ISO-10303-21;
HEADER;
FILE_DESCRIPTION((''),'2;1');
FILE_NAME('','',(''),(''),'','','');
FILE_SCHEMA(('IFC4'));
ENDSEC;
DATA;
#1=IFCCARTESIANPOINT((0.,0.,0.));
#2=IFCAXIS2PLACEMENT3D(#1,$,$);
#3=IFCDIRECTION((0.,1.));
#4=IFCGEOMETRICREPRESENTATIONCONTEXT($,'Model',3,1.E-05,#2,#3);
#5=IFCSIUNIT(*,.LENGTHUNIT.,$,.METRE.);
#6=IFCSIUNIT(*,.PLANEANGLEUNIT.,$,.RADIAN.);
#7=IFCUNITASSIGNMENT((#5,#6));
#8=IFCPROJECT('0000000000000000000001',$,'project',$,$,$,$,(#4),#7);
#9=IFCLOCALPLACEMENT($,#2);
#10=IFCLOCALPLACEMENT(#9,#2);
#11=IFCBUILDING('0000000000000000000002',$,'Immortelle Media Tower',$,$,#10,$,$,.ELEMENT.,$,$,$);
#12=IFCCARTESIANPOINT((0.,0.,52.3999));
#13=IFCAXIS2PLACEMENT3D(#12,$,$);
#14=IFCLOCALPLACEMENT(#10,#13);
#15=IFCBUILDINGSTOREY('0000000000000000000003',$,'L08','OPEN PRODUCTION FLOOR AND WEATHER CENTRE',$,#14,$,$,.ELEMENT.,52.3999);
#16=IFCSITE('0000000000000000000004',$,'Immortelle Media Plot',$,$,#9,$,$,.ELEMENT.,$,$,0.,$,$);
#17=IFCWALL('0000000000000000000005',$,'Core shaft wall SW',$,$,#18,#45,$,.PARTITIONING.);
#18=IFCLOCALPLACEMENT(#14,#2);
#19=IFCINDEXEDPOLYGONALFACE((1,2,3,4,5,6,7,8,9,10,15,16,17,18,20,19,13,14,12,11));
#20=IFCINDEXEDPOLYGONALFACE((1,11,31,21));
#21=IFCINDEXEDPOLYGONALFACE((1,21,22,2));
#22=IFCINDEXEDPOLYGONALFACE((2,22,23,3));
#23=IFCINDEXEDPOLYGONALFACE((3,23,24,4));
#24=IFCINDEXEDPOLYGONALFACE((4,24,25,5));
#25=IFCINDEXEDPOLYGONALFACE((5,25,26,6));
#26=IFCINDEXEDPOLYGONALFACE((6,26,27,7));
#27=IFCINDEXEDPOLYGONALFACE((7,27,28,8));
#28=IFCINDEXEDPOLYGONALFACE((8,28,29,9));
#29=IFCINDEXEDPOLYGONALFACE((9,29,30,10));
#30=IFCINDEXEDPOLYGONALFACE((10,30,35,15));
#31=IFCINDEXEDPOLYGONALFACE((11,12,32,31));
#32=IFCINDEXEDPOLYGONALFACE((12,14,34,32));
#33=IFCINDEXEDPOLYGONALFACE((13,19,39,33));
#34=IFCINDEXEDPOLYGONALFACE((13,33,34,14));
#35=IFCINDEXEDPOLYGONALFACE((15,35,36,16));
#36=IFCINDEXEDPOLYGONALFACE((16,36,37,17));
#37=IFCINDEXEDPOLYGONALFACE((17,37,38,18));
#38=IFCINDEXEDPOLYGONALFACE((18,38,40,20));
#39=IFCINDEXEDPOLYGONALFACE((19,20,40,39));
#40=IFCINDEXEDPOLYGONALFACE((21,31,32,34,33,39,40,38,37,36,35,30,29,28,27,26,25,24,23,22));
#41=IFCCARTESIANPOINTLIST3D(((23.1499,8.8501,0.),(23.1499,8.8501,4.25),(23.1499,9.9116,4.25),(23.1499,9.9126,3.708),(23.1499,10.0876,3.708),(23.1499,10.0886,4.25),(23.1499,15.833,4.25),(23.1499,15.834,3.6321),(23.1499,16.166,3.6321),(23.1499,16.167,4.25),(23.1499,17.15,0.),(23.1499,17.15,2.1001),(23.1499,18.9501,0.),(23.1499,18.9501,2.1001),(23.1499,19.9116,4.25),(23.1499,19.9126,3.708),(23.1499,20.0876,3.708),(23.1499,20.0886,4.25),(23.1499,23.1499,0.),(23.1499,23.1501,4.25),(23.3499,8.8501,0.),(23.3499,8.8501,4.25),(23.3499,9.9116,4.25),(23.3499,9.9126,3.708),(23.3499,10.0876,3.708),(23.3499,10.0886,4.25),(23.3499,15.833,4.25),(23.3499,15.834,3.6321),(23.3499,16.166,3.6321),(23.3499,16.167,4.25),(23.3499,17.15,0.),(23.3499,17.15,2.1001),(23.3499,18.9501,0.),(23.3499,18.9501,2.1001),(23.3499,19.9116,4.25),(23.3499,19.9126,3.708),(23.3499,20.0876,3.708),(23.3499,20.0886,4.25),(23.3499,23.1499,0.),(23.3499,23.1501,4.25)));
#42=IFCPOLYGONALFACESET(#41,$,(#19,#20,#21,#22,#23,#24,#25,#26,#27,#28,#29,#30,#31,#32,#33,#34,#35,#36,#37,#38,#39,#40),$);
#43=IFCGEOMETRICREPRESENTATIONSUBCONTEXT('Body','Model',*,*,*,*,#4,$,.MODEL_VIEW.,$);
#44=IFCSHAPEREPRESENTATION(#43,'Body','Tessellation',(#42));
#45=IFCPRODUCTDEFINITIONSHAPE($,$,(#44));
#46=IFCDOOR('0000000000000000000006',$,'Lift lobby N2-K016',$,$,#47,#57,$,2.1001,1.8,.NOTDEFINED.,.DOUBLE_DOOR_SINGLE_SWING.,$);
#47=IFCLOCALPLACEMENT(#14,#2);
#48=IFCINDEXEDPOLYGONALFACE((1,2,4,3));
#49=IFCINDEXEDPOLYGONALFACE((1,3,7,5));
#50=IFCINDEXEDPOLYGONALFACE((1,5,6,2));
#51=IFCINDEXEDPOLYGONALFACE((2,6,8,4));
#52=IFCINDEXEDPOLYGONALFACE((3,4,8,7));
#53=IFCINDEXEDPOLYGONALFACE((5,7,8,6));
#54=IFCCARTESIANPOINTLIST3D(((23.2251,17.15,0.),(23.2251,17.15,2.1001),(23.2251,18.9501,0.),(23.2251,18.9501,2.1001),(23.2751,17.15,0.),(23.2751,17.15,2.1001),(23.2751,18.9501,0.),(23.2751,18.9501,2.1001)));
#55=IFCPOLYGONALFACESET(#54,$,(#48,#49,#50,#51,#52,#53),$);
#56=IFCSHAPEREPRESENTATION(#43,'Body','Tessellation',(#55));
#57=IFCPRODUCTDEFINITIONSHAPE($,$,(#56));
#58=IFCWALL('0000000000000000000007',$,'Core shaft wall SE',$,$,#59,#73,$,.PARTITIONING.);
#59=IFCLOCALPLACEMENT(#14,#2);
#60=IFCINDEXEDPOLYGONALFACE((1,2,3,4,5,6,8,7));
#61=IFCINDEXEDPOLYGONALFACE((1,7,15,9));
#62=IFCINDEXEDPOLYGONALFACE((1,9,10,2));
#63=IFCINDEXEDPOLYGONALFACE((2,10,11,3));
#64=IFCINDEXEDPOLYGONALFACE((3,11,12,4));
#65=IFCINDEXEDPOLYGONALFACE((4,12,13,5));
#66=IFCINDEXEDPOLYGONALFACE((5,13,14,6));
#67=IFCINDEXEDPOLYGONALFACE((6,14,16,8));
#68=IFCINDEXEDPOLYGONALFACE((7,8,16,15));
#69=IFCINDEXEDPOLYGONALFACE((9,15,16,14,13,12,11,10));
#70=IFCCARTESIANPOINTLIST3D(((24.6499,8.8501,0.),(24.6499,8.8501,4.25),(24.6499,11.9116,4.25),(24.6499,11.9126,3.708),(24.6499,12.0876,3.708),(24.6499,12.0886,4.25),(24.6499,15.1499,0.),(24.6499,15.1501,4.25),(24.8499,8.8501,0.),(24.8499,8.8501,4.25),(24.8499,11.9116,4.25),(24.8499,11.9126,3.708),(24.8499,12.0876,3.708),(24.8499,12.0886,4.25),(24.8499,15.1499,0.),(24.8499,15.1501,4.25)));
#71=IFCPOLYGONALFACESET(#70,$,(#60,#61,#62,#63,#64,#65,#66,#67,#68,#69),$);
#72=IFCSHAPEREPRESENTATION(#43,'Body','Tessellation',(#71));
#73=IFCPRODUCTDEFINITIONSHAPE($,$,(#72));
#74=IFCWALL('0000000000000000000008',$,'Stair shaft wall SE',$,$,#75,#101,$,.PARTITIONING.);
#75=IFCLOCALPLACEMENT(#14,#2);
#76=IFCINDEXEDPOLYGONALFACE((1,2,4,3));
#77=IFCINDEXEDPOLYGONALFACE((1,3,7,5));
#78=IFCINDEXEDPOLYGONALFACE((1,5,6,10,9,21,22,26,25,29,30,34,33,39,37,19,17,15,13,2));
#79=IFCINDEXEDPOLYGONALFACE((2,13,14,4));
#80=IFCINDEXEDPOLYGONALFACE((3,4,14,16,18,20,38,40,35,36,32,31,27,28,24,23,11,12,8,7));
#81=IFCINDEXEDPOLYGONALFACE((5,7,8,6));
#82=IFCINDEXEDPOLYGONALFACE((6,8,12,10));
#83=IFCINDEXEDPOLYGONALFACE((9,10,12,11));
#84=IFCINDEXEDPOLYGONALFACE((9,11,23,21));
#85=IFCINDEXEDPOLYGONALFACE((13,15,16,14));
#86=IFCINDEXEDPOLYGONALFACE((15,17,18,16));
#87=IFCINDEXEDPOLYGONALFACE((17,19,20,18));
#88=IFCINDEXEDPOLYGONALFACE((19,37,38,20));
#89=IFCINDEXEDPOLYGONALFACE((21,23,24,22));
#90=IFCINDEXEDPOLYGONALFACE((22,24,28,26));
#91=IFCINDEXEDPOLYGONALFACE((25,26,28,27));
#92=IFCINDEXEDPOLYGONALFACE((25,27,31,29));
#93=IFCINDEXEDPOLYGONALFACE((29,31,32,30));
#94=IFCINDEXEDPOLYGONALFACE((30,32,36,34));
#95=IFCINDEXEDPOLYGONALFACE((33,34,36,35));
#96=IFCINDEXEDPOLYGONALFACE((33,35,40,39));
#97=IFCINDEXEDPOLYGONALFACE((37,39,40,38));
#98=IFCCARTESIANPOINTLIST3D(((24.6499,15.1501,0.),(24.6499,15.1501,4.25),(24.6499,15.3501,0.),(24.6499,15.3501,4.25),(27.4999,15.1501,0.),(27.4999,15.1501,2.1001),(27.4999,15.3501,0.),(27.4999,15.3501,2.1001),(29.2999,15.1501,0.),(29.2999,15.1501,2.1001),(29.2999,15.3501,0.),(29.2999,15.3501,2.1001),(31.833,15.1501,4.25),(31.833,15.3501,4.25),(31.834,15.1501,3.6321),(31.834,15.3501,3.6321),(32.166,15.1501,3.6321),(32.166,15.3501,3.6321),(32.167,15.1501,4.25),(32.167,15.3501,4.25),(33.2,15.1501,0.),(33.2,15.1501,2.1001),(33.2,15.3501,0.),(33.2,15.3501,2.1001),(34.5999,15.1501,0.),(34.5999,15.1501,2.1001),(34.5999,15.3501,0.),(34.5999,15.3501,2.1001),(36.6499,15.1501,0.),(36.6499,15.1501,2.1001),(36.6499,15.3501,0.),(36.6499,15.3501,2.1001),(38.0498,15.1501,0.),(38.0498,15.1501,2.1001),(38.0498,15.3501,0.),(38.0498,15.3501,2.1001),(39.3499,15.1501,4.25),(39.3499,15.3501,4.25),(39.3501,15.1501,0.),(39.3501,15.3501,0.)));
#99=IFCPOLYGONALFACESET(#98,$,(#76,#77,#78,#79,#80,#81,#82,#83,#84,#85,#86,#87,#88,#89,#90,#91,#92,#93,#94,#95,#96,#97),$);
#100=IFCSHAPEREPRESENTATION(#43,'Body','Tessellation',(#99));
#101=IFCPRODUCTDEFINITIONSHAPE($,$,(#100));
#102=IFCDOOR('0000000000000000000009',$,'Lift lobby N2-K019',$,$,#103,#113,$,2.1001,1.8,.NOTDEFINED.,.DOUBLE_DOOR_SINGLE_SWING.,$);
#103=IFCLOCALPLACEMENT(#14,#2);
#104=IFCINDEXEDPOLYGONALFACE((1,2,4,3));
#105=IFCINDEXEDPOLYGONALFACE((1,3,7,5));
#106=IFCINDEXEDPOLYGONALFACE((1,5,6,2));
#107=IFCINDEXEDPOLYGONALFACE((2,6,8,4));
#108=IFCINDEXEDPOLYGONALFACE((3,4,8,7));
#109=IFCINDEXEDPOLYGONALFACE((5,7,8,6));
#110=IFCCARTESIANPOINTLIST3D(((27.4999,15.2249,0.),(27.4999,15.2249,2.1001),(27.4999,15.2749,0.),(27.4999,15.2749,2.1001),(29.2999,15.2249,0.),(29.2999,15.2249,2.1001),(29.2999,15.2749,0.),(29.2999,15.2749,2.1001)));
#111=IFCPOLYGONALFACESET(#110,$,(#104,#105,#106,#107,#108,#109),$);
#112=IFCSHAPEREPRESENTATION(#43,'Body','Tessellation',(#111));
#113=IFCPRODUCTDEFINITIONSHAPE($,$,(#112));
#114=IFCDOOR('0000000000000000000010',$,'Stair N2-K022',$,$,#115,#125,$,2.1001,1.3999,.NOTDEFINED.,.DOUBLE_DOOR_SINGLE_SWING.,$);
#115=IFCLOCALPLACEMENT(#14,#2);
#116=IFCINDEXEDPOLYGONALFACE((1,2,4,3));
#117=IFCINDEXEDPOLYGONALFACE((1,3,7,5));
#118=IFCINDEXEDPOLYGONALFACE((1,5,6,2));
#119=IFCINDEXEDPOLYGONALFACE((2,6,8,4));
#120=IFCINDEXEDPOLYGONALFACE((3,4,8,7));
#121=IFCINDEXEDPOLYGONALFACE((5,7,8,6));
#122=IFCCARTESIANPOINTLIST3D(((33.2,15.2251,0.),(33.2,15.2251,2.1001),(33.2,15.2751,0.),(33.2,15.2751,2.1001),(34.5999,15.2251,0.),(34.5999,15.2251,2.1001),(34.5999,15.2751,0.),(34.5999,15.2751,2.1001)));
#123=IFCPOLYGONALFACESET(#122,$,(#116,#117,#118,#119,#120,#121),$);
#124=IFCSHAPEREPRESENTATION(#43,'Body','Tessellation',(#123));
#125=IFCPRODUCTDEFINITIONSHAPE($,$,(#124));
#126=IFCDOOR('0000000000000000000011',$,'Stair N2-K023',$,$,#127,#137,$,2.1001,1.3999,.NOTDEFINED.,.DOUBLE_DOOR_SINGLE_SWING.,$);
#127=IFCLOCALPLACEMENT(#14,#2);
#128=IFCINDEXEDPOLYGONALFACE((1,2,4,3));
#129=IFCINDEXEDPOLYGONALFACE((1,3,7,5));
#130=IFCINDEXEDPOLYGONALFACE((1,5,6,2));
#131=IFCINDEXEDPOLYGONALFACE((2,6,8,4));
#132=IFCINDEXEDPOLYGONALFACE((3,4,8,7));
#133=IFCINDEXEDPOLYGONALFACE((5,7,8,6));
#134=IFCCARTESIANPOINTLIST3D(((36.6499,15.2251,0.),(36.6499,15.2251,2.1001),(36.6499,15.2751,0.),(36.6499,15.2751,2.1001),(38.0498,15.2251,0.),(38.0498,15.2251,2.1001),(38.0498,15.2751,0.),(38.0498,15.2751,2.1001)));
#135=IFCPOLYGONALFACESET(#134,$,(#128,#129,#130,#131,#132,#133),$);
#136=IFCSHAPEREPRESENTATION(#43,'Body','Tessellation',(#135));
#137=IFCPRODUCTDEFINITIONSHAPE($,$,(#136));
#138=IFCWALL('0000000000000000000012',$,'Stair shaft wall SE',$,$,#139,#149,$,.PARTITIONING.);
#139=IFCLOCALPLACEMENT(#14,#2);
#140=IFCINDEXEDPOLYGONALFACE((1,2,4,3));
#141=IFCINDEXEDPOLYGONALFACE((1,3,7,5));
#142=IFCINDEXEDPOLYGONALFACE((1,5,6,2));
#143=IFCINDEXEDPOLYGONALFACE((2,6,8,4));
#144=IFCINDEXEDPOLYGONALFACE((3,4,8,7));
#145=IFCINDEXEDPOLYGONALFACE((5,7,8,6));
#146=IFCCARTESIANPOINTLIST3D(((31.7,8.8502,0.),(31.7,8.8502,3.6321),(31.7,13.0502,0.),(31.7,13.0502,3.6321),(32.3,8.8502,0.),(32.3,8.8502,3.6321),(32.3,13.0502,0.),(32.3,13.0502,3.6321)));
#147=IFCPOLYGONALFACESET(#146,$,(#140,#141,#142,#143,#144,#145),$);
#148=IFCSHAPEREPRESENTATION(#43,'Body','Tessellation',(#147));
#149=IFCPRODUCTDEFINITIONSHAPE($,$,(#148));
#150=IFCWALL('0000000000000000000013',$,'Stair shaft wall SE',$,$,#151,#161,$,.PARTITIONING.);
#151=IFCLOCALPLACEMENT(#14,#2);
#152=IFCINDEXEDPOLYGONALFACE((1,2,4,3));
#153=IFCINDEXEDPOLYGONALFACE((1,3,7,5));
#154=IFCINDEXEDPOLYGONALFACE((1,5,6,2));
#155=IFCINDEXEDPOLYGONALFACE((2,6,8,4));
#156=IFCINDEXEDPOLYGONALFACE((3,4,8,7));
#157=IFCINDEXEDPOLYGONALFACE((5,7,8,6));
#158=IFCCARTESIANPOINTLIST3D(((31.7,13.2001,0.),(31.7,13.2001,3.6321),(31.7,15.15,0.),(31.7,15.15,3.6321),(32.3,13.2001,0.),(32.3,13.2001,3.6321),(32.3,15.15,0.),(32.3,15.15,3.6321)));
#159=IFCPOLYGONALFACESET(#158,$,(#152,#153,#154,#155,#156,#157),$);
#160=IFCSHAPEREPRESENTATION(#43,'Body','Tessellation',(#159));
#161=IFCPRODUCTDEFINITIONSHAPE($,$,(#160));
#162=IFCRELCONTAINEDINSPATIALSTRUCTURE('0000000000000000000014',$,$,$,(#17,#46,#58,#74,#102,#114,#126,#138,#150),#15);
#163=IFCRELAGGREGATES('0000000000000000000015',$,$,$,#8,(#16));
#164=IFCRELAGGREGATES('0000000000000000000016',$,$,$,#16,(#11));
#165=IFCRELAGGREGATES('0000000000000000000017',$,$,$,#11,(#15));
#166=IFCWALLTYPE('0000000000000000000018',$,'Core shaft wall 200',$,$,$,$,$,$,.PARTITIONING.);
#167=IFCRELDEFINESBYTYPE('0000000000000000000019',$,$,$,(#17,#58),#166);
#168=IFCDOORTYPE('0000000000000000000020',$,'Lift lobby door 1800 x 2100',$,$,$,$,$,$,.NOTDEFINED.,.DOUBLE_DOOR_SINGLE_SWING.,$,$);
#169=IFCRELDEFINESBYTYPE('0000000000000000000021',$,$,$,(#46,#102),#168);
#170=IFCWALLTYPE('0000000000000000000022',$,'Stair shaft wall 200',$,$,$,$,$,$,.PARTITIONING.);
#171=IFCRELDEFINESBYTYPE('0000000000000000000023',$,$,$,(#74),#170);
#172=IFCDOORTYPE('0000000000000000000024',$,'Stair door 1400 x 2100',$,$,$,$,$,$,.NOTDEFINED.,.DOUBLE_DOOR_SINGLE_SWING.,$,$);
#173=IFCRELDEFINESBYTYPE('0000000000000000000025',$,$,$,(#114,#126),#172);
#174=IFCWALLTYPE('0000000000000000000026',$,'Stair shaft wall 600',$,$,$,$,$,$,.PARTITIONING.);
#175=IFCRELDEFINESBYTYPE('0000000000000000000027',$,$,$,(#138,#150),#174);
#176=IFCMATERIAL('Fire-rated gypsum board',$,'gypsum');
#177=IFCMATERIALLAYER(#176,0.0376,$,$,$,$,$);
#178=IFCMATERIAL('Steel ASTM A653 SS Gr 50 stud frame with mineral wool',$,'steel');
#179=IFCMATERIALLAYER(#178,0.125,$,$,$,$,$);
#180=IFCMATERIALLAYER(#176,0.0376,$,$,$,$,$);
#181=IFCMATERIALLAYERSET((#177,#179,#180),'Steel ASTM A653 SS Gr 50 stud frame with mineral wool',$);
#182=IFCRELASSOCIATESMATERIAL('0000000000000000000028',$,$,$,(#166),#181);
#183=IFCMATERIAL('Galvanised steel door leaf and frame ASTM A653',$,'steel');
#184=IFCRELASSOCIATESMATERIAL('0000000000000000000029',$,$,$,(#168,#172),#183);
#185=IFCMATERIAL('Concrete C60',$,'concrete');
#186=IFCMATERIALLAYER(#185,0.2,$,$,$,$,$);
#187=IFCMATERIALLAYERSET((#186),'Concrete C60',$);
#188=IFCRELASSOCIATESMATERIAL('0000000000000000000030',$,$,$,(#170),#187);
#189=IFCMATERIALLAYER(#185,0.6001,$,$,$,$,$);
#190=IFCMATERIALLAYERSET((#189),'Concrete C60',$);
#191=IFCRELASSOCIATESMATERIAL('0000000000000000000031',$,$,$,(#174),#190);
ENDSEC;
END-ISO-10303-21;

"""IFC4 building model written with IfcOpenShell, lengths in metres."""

from ifc_helpers import new_model, si_unit, direction, frame, frame_2d, origin, place, context, subcontext, project, spatial, polyline, rectangle, outline, extrude, material, layer, layer_set, type_object, element, fill, save


model = new_model("IFC4")

# Units and contexts
model_context = context("Model", 3, precision=1e-05, world=origin(), true_north=direction((0.0, 1.0)))
body_context = subcontext(model_context, "Body", "Model", "MODEL_VIEW")
ifc_project = project(units=[si_unit("LENGTHUNIT", "METRE"), si_unit("PLANEANGLEUNIT", "RADIAN")], contexts=[model_context])

# Site, building, storey
site_placement = place(None, origin())
site = spatial("IfcSite", under=ifc_project, at=site_placement, Name="Immortelle Media Plot", CompositionType="ELEMENT", RefElevation=0.0)
building_placement = place(site_placement, origin())
building = spatial("IfcBuilding", under=site, at=building_placement, Name="Immortelle Media Tower", CompositionType="ELEMENT")
storey_placement = place(building_placement, frame((0.0, 0.0, 52.3999)))
storey = spatial("IfcBuildingStorey", under=building, at=storey_placement, Name="L08", Description="OPEN PRODUCTION FLOOR AND WEATHER CENTRE", CompositionType="ELEMENT", Elevation=52.3999)

# Shared definitions
ifc_material_1 = material(Name="Fire-rated gypsum board", Category="gypsum")
ifc_material_2 = material(Name="Steel ASTM A653 SS Gr 50 stud frame with mineral wool", Category="steel")
ifc_material_3 = material(Name="Galvanised steel door leaf and frame ASTM A653", Category="steel")

# Shared definitions
ifc_layer_1 = layer(ifc_material_1, 0.0376)
ifc_layer_2 = layer(ifc_material_2, 0.125)
ifc_layer_3 = layer(ifc_material_1, 0.0376)
ifc_layer_set_1 = layer_set([ifc_layer_1, ifc_layer_2, ifc_layer_3], Name="Steel ASTM A653 SS Gr 50 stud frame with mineral wool")
wall_type_1 = type_object("IfcWallType", Name="Core shaft wall 200", PredefinedType="PARTITIONING", material=ifc_layer_set_1)

# Wall, opening, door
wall_1_placement = place(storey_placement, frame((23.25, 8.8501, 0.0), z_axis=(0.0, 0.0, 1.0), x_axis=(0.0, 1.0, 0.0)))
wall_1 = element("IfcWall", 1, at=wall_1_placement, inside=storey, type_object=wall_type_1, Name="Core shaft wall SW", PredefinedType="PARTITIONING", context=body_context, shape_type="SweptSolid", body=[
    extrude(outline(polyline([(0.0, 0.0), (14.2998, 0.0), (14.3, 4.25), (11.2385, 4.25), (11.2375, 3.708), (11.0625, 3.708), (11.0615, 4.25), (7.3169, 4.25), (7.3159, 3.6321), (6.9839, 3.6321), (6.9829, 4.25), (1.2385, 4.25), (1.2375, 3.708), (1.0625, 3.708), (1.0615, 4.25), (0.0, 4.25), (0.0, 0.0)])), frame((0.0, 0.1001, 0.0), z_axis=(0.0, -1.0, 0.0), x_axis=(1.0, 0.0, 0.0)), (0.0, 0.0, 1.0), 0.2),
])
opening_1_placement = place(wall_1_placement, frame((8.3, 0.0, 0.0)))
opening_1 = element("IfcOpeningElement", 2, at=opening_1_placement, cuts=wall_1, PredefinedType="OPENING", context=body_context, shape_type="SweptSolid", body=[
    extrude(rectangle(XDim=1.8, YDim=2.1001, at=frame_2d((0.8999, 1.05))), frame((0.0, 0.1099, 0.0), z_axis=(0.0, -1.0, 0.0), x_axis=(1.0, 0.0, 0.0)), (0.0, 0.0, 1.0), 0.22),
])
door_type_1 = type_object("IfcDoorType", Name="Lift lobby door 1800 x 2100", OperationType="DOUBLE_DOOR_SINGLE_SWING", PredefinedType="NOTDEFINED", material=ifc_material_3)
door_1_placement = place(opening_1_placement, origin())
door_1 = element("IfcDoor", 3, at=door_1_placement, inside=storey, type_object=door_type_1, Name="Lift lobby N2-K016", OperationType="DOUBLE_DOOR_SINGLE_SWING", OverallHeight=2.1001, OverallWidth=1.8, PredefinedType="NOTDEFINED", context=body_context, shape_type="SweptSolid", body=[
    extrude(rectangle(XDim=1.8, YDim=2.1001, at=frame_2d((0.8999, 1.05))), frame((0.0, 0.0249, 0.0), z_axis=(0.0, -1.0, 0.0), x_axis=(1.0, 0.0, 0.0)), (0.0, 0.0, 1.0), 0.05),
])
fill(opening_1, door_1)

# Wall
wall_2_placement = place(storey_placement, frame((24.75, 8.8501, 0.0), z_axis=(0.0, 0.0, 1.0), x_axis=(0.0, 1.0, 0.0)))
element("IfcWall", 4, at=wall_2_placement, inside=storey, type_object=wall_type_1, Name="Core shaft wall SE", PredefinedType="PARTITIONING", context=body_context, shape_type="SweptSolid", body=[
    extrude(outline(polyline([(0.0, 0.0), (6.2998, 0.0), (6.3, 4.25), (3.2385, 4.25), (3.2375, 3.708), (3.0625, 3.708), (3.0615, 4.25), (0.0, 4.25), (0.0, 0.0)])), frame((0.0, 0.1001, 0.0), z_axis=(0.0, -1.0, 0.0), x_axis=(1.0, 0.0, 0.0)), (0.0, 0.0, 1.0), 0.2),
])

# Wall, openings, doors
ifc_material_4 = material(Name="Concrete C60", Category="concrete")
ifc_layer_4 = layer(ifc_material_4, 0.2)
ifc_layer_set_2 = layer_set([ifc_layer_4], Name="Concrete C60")
wall_type_2 = type_object("IfcWallType", Name="Stair shaft wall 200", PredefinedType="PARTITIONING", material=ifc_layer_set_2)
wall_3_placement = place(storey_placement, frame((24.6499, 15.25, 0.0), z_axis=(0.0, 0.0, 1.0), x_axis=(1.0, 0.0, 0.0)))
wall_3 = element("IfcWall", 5, at=wall_3_placement, inside=storey, type_object=wall_type_2, Name="Stair shaft wall SE", PredefinedType="PARTITIONING", context=body_context, shape_type="SweptSolid", body=[
    extrude(outline(polyline([(0.0, 0.0), (14.7002, 0.0), (14.7, 4.25), (7.5171, 4.25), (7.5161, 3.6321), (7.1841, 3.6321), (7.1831, 4.25), (0.0, 4.25), (0.0, 0.0)])), frame((0.0, 0.1001, 0.0), z_axis=(0.0, -1.0, 0.0), x_axis=(1.0, 0.0, 0.0)), (0.0, 0.0, 1.0), 0.2),
])
opening_2_placement = place(wall_3_placement, frame((2.8501, 0.0, 0.0)))
opening_2 = element("IfcOpeningElement", 6, at=opening_2_placement, cuts=wall_3, PredefinedType="OPENING", context=body_context, shape_type="SweptSolid", body=[
    extrude(rectangle(XDim=1.8, YDim=2.1001, at=frame_2d((0.8999, 1.05))), frame((0.0, 0.1099, 0.0), z_axis=(0.0, -1.0, 0.0), x_axis=(1.0, 0.0, 0.0)), (0.0, 0.0, 1.0), 0.22),
])
opening_3_placement = place(wall_3_placement, frame((9.95, 0.0, 0.0), z_axis=(0.0, 0.0, 1.0), x_axis=(-1.0, 0.0, 0.0)))
opening_3 = element("IfcOpeningElement", 7, at=opening_3_placement, cuts=wall_3, PredefinedType="OPENING", context=body_context, shape_type="SweptSolid", body=[
    extrude(rectangle(XDim=1.3999, YDim=2.1001, at=frame_2d((0.7, 1.05))), frame((0.0, 0.1099, 0.0), z_axis=(0.0, -1.0, 0.0), x_axis=(1.0, 0.0, 0.0)), (0.0, 0.0, 1.0), 0.22),
])
opening_4_placement = place(wall_3_placement, frame((13.3999, 0.0, 0.0), z_axis=(0.0, 0.0, 1.0), x_axis=(-1.0, 0.0, 0.0)))
opening_4 = element("IfcOpeningElement", 8, at=opening_4_placement, cuts=wall_3, PredefinedType="OPENING", context=body_context, shape_type="SweptSolid", body=[
    extrude(rectangle(XDim=1.3999, YDim=2.1001, at=frame_2d((0.7, 1.05))), frame((0.0, 0.1099, 0.0), z_axis=(0.0, -1.0, 0.0), x_axis=(1.0, 0.0, 0.0)), (0.0, 0.0, 1.0), 0.22),
])
door_2_placement = place(opening_2_placement, origin())
door_2 = element("IfcDoor", 9, at=door_2_placement, inside=storey, type_object=door_type_1, Name="Lift lobby N2-K019", OperationType="DOUBLE_DOOR_SINGLE_SWING", OverallHeight=2.1001, OverallWidth=1.8, PredefinedType="NOTDEFINED", context=body_context, shape_type="SweptSolid", body=[
    extrude(rectangle(XDim=1.8, YDim=2.1001, at=frame_2d((0.8999, 1.05))), frame((0.0, 0.0249, 0.0), z_axis=(0.0, -1.0, 0.0), x_axis=(1.0, 0.0, 0.0)), (0.0, 0.0, 1.0), 0.05),
])
fill(opening_2, door_2)
door_type_2 = type_object("IfcDoorType", Name="Stair door 1400 x 2100", OperationType="DOUBLE_DOOR_SINGLE_SWING", PredefinedType="NOTDEFINED", material=ifc_material_3)
door_3_placement = place(opening_3_placement, origin())
door_3 = element("IfcDoor", 10, at=door_3_placement, inside=storey, type_object=door_type_2, Name="Stair N2-K022", OperationType="DOUBLE_DOOR_SINGLE_SWING", OverallHeight=2.1001, OverallWidth=1.3999, PredefinedType="NOTDEFINED", context=body_context, shape_type="SweptSolid", body=[
    extrude(rectangle(XDim=1.3999, YDim=2.1001, at=frame_2d((0.7, 1.05))), frame((0.0, 0.0249, 0.0), z_axis=(0.0, -1.0, 0.0), x_axis=(1.0, 0.0, 0.0)), (0.0, 0.0, 1.0), 0.05),
])
fill(opening_3, door_3)
door_4_placement = place(opening_4_placement, origin())
door_4 = element("IfcDoor", 11, at=door_4_placement, inside=storey, type_object=door_type_2, Name="Stair N2-K023", OperationType="DOUBLE_DOOR_SINGLE_SWING", OverallHeight=2.1001, OverallWidth=1.3999, PredefinedType="NOTDEFINED", context=body_context, shape_type="SweptSolid", body=[
    extrude(rectangle(XDim=1.3999, YDim=2.1001, at=frame_2d((0.7, 1.05))), frame((0.0, 0.0249, 0.0), z_axis=(0.0, -1.0, 0.0), x_axis=(1.0, 0.0, 0.0)), (0.0, 0.0, 1.0), 0.05),
])
fill(opening_4, door_4)

# Walls
ifc_layer_5 = layer(ifc_material_4, 0.6001)
ifc_layer_set_3 = layer_set([ifc_layer_5], Name="Concrete C60")
wall_type_3 = type_object("IfcWallType", Name="Stair shaft wall 600", PredefinedType="PARTITIONING", material=ifc_layer_set_3)
wall_4_placement = place(storey_placement, frame((32.0, 8.8501, 0.0), z_axis=(0.0, 0.0, 1.0), x_axis=(0.0, 1.0, 0.0)))
element("IfcWall", 12, at=wall_4_placement, inside=storey, type_object=wall_type_3, Name="Stair shaft wall SE", PredefinedType="PARTITIONING", context=body_context, shape_type="SweptSolid", body=[
    extrude(rectangle(XDim=4.2, YDim=0.6001, at=frame_2d((2.1001, 0.0))), origin(), (0.0, 0.0, 1.0), 3.6321),
])
wall_5_placement = place(storey_placement, frame((32.0, 13.2, 0.0), z_axis=(0.0, 0.0, 1.0), x_axis=(0.0, 1.0, 0.0)))
element("IfcWall", 13, at=wall_5_placement, inside=storey, type_object=wall_type_3, Name="Stair shaft wall SE", PredefinedType="PARTITIONING", context=body_context, shape_type="SweptSolid", body=[
    extrude(rectangle(XDim=1.95, YDim=0.6001, at=frame_2d((0.9751, 0.0))), origin(), (0.0, 0.0, 1.0), 3.6321),
])

save(model, "model.ifc")
